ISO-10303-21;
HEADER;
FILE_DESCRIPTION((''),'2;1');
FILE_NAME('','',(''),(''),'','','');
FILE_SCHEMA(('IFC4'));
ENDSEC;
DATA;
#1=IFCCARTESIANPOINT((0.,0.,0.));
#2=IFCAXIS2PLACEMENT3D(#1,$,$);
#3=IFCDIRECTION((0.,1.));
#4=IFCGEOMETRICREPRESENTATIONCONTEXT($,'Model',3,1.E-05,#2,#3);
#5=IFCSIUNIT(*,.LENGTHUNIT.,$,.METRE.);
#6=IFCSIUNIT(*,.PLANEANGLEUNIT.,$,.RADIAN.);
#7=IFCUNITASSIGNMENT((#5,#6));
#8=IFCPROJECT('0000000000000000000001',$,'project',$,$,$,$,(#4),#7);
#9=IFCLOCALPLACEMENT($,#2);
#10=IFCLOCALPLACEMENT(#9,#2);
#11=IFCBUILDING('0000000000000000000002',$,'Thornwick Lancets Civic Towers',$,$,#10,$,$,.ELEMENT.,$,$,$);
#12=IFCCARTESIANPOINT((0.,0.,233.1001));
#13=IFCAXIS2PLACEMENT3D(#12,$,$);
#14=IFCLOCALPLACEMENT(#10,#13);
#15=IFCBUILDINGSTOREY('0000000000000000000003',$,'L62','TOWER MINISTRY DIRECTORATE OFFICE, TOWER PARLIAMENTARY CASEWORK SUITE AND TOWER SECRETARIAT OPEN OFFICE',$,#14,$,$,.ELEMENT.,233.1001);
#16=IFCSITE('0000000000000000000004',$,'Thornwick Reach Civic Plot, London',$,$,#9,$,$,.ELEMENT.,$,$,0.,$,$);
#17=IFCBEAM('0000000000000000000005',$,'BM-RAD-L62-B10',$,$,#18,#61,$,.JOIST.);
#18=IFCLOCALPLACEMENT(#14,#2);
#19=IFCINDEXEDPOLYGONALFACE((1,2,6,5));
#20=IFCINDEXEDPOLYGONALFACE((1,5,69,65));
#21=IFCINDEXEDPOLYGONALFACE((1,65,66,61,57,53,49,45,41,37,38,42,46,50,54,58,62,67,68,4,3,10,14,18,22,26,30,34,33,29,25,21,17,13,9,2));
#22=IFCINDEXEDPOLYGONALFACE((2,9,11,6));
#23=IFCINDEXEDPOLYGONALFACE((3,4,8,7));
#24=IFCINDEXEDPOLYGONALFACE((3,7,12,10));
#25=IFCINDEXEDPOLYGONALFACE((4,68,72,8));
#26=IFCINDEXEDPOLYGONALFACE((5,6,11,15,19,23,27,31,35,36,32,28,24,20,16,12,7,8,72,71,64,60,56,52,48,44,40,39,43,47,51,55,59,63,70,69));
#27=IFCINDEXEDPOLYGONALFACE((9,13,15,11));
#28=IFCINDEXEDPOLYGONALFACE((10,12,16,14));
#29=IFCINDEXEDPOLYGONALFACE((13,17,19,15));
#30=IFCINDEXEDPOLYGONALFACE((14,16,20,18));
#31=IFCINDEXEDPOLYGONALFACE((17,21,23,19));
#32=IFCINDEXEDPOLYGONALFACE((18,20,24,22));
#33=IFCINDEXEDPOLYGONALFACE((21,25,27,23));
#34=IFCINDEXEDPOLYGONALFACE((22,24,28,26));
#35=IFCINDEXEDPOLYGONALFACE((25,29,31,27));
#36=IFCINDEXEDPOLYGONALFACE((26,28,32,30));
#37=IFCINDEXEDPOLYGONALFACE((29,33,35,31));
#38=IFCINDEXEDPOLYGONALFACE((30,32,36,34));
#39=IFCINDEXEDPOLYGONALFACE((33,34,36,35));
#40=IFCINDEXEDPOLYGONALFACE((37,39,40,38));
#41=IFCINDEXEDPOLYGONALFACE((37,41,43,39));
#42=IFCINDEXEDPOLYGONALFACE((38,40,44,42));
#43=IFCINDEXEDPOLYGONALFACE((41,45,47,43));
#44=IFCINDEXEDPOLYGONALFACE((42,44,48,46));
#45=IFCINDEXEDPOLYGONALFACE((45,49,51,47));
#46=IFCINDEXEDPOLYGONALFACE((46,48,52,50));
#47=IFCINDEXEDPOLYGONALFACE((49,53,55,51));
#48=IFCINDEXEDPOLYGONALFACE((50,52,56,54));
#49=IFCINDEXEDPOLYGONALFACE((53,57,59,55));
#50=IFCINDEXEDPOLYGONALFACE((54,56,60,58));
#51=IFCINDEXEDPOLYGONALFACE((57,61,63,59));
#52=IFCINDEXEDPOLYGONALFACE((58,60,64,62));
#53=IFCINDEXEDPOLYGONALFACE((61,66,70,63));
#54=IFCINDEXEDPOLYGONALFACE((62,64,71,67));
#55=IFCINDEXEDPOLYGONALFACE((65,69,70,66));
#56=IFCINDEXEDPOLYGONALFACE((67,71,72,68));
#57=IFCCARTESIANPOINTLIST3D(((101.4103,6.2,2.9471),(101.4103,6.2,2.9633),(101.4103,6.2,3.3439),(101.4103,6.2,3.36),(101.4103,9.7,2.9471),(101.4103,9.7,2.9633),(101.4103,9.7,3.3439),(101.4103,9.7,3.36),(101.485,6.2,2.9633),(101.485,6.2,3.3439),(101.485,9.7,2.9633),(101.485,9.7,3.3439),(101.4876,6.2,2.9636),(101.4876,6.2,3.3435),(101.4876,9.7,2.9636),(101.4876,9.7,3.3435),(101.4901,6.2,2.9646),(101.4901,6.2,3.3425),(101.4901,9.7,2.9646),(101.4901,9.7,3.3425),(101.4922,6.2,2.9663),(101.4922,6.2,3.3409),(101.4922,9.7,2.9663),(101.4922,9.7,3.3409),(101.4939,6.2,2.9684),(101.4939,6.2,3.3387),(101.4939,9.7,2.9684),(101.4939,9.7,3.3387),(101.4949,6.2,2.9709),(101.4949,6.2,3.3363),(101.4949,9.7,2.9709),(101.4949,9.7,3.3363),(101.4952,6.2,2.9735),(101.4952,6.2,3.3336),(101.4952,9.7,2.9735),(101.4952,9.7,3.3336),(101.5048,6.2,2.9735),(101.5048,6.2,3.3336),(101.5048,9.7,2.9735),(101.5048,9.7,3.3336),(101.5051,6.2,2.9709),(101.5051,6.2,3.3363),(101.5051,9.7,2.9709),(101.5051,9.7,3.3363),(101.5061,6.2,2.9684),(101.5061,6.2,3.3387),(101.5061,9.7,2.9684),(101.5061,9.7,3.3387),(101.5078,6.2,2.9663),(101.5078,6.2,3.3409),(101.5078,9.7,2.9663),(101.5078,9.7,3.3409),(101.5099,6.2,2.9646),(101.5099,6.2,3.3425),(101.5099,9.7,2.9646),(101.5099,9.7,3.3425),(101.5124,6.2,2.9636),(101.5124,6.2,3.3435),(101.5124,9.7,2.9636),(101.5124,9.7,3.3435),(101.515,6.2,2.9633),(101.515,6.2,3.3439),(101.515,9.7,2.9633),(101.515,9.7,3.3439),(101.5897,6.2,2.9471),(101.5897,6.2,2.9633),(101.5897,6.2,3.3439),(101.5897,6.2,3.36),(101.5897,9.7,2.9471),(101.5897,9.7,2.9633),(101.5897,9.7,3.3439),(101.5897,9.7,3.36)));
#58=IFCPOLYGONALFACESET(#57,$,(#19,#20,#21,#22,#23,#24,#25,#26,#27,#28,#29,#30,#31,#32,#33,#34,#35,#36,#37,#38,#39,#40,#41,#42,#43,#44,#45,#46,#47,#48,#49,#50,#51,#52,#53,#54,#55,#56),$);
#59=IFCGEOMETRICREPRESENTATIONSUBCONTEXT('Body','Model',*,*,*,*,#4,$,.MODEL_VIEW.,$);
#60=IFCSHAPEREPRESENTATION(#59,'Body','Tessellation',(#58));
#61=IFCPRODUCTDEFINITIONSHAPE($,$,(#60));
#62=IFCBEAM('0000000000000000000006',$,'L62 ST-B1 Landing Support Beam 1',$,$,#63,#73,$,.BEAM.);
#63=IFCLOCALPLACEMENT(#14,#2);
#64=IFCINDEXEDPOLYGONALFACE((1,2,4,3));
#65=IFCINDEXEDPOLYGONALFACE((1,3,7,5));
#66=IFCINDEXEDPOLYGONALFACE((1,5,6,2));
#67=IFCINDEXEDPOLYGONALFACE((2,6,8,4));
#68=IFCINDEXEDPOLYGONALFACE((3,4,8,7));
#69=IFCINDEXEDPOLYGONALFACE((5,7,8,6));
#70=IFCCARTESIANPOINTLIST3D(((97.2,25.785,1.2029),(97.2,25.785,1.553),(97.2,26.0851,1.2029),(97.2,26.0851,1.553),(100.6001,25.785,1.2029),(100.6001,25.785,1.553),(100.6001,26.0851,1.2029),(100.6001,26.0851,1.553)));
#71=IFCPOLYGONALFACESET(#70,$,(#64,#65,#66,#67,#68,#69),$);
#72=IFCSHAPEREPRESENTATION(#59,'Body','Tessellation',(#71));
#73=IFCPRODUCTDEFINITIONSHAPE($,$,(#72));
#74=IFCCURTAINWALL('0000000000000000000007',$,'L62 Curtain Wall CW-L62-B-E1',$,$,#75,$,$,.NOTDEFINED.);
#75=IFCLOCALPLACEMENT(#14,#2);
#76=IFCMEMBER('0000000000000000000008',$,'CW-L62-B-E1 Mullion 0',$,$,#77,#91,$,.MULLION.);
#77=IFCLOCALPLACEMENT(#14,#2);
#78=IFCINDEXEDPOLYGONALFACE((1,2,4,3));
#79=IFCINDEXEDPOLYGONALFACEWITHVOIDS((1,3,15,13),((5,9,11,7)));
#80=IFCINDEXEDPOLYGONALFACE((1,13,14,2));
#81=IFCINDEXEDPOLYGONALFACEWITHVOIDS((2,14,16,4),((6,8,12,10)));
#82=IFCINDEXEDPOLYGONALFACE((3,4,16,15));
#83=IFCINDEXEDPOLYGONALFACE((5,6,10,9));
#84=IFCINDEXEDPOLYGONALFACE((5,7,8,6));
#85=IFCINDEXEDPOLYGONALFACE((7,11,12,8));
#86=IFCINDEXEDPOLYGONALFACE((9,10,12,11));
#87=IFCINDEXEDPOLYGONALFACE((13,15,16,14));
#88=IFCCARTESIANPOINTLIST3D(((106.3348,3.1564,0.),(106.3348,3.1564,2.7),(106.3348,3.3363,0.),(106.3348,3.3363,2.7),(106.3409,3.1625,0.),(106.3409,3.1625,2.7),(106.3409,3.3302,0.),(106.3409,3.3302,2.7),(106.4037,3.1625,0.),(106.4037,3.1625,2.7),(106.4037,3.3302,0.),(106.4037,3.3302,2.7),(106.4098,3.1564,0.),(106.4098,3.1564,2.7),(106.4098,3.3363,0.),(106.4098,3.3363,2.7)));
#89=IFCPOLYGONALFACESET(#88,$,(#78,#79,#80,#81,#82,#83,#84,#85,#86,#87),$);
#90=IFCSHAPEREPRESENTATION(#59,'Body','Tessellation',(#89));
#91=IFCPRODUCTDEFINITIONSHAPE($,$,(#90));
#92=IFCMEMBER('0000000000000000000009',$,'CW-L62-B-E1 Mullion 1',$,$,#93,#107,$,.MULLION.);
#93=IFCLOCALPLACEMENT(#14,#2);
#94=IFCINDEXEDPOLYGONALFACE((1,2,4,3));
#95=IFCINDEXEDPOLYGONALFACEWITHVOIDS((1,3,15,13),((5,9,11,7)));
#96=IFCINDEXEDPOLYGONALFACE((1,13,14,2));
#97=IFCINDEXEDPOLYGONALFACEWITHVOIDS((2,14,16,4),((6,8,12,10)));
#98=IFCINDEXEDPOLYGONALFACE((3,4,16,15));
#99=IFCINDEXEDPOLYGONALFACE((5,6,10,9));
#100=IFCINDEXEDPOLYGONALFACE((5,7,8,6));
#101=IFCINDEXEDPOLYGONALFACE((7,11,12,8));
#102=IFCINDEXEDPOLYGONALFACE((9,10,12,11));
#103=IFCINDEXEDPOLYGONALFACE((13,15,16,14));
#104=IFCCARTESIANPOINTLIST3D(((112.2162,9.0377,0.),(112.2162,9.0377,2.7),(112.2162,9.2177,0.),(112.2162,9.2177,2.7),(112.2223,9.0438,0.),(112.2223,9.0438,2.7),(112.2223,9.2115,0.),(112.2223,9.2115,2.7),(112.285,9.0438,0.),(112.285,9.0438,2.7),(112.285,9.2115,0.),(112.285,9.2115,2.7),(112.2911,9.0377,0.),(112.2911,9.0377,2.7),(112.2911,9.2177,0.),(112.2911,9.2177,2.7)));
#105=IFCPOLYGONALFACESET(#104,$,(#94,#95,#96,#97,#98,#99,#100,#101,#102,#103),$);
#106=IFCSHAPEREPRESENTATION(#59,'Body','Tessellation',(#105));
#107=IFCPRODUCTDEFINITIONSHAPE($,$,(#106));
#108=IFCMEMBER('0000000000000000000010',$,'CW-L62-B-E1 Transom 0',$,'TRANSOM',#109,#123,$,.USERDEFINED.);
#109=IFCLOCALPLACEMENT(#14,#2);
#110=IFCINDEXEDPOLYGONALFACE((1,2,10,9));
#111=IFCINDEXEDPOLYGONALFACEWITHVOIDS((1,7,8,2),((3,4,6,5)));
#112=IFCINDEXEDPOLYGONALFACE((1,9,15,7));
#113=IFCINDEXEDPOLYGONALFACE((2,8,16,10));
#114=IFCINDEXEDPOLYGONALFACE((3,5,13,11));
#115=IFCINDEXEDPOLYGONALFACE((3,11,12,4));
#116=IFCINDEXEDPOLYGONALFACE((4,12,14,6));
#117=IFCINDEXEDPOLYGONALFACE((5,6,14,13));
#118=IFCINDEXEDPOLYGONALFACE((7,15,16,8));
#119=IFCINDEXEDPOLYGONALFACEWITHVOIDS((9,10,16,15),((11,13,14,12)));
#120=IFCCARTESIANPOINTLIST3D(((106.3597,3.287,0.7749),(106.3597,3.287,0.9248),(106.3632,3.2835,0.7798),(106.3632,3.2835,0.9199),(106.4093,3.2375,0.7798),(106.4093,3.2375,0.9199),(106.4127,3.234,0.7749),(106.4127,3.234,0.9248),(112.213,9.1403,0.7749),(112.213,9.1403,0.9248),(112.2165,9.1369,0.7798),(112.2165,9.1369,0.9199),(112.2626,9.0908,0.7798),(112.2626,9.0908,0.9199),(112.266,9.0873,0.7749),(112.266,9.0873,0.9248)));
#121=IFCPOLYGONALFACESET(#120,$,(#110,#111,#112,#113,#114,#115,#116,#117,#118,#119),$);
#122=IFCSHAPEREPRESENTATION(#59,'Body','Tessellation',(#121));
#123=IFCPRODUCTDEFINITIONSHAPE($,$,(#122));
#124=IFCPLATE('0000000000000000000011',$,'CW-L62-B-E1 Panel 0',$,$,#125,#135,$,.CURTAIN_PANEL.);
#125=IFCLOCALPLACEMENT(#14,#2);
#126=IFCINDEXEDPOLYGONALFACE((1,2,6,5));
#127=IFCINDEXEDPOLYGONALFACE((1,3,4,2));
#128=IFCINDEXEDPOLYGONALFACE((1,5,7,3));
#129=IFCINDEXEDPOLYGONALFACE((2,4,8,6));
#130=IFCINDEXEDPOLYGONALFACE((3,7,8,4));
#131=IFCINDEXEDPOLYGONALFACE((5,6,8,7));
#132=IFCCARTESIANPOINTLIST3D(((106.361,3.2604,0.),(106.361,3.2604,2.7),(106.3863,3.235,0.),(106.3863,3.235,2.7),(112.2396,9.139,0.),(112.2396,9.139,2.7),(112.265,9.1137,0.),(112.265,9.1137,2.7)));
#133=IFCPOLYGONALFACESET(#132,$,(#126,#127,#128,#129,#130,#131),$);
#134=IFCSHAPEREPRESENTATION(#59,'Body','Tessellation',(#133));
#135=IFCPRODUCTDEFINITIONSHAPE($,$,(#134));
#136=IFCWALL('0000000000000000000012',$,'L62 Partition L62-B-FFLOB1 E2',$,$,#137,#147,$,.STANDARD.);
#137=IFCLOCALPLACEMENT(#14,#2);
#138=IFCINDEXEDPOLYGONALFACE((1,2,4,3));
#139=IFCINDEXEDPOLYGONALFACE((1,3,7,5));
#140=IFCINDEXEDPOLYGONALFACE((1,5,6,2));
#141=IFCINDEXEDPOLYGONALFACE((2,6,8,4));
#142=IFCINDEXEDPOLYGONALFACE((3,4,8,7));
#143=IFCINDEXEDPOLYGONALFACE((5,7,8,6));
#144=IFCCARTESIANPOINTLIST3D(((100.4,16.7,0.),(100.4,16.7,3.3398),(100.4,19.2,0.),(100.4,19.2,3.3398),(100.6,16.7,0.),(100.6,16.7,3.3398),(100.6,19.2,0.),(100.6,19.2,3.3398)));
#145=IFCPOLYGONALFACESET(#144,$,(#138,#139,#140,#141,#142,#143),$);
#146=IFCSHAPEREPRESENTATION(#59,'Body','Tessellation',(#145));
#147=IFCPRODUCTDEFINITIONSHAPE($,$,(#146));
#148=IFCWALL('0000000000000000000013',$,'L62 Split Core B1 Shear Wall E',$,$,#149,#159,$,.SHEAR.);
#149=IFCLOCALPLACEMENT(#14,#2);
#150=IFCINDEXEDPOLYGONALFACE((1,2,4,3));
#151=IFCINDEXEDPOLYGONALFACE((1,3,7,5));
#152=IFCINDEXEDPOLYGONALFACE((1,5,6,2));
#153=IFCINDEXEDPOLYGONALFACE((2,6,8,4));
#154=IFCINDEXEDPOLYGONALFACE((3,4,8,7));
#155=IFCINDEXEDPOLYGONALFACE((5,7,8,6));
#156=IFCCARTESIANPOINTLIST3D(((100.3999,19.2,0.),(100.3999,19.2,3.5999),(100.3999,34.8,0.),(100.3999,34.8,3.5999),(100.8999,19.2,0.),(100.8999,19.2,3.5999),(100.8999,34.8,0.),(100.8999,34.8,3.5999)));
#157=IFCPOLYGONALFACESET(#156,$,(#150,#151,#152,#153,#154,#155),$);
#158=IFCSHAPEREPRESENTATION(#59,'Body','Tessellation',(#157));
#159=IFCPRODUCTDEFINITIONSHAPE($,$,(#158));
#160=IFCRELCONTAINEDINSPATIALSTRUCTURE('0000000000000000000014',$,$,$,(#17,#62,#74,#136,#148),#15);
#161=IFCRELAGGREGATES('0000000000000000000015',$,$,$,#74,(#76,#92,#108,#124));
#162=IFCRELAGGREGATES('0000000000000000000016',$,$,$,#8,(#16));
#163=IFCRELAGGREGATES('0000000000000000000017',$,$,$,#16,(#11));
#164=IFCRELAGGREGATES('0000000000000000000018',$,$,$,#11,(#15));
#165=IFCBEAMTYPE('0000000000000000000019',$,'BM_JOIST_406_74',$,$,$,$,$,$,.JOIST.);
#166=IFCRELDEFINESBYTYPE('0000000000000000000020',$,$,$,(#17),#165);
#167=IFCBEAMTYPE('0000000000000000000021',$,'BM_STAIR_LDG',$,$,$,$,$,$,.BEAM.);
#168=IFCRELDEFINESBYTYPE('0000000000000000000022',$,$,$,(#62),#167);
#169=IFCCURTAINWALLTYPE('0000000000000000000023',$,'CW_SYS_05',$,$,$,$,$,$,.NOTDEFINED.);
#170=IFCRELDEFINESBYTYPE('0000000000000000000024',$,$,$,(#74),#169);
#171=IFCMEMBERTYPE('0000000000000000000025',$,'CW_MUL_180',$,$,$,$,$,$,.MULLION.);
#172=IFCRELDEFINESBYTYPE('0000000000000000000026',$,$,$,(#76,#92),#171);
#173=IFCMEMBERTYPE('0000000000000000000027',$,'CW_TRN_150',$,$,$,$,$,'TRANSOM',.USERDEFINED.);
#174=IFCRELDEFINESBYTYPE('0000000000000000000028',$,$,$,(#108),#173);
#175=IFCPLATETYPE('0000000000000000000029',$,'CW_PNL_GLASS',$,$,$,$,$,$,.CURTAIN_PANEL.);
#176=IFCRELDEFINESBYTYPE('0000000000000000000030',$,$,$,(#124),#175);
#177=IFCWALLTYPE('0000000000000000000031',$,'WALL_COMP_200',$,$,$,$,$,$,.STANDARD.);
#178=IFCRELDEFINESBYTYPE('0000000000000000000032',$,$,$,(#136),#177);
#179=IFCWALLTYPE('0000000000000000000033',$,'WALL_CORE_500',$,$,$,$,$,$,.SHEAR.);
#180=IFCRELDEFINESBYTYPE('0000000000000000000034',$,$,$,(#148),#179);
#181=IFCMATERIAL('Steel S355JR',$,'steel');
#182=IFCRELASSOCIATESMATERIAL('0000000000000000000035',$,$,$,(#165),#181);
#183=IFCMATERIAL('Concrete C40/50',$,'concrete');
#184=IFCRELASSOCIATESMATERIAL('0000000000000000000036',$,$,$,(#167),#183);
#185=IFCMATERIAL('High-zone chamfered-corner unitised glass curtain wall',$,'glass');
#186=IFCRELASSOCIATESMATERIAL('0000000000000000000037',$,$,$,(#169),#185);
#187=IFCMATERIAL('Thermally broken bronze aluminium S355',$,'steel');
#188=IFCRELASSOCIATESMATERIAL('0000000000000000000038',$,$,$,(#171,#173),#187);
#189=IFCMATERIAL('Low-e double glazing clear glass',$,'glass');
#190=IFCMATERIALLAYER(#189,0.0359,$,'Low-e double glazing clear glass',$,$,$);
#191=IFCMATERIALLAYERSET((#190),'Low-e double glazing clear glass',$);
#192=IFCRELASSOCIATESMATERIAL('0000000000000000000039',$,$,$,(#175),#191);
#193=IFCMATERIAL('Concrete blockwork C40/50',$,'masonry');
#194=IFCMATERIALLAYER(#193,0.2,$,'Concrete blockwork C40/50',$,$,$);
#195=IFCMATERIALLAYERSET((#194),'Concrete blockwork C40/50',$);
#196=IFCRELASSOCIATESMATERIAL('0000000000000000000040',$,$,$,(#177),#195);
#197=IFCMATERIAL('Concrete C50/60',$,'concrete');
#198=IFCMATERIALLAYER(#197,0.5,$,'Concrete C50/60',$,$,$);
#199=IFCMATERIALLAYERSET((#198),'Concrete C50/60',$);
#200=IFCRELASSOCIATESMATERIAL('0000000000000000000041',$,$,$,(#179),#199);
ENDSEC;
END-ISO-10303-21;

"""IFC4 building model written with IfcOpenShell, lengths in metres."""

from ifc_helpers import new_model, si_unit, direction, frame, frame_2d, origin, origin_2d, place, context, subcontext, project, spatial, rectangle, hollow_rectangle, i_section, extrude, material, layer, layer_set, material_profile, profile_set, type_object, element, aggregate, save


model = new_model("IFC4")

# Units and contexts
model_context = context("Model", 3, precision=1e-05, world=origin(), true_north=direction((0.0, 1.0)))
body_context = subcontext(model_context, "Body", "Model", "MODEL_VIEW")
ifc_project = project(units=[si_unit("LENGTHUNIT", "METRE"), si_unit("PLANEANGLEUNIT", "RADIAN")], contexts=[model_context])

# Site, building, storey
site_placement = place(None, origin())
site = spatial("IfcSite", under=ifc_project, at=site_placement, Name="Thornwick Reach Civic Plot, London", CompositionType="ELEMENT", RefElevation=0.0)
building_placement = place(site_placement, origin())
building = spatial("IfcBuilding", under=site, at=building_placement, Name="Thornwick Lancets Civic Towers", CompositionType="ELEMENT")
storey_placement = place(building_placement, frame((0.0, 0.0, 233.1001)))
storey = spatial("IfcBuildingStorey", under=building, at=storey_placement, Name="L62", Description="TOWER MINISTRY DIRECTORATE OFFICE, TOWER PARLIAMENTARY CASEWORK SUITE AND TOWER SECRETARIAT OPEN OFFICE", CompositionType="ELEMENT", Elevation=233.1001)

# Shared definitions
ifc_material_1 = material(Name="Concrete C50/60", Category="concrete")
ifc_material_2 = material(Name="Steel S355JR", Category="steel")

# Beams
ifc_material_profile_1 = material_profile(ifc_material_2, i_section(OverallWidth=0.1794, OverallDepth=0.4128, WebThickness=0.0095, FlangeThickness=0.0161, FilletRadius=0.0103, at=origin_2d()), Name="UKB 406x178x74")
ifc_profile_set_1 = profile_set([ifc_material_profile_1], Name="Steel S355JR")
beam_type_1 = type_object("IfcBeamType", Name="BM_JOIST_406_74", PredefinedType="JOIST", material=ifc_profile_set_1)
for number, where, z_axis, x_axis, name in (
    (1, (101.5, 9.7, 3.1536), (0.0, -1.0, 0.0), (1.0, 0.0, 0.0), "BM-RAD-L62-B10"),
):
    element("IfcBeam", number, at=place(storey_placement, frame(where, z_axis=z_axis, x_axis=x_axis)), inside=storey, type_object=beam_type_1, Name=name, PredefinedType="JOIST", context=body_context, shape_type="SweptSolid", body=[
        extrude(i_section(OverallWidth=0.1794, OverallDepth=0.4128, WebThickness=0.0095, FlangeThickness=0.0161, FilletRadius=0.0103, at=origin_2d()), origin(), (0.0, 0.0, 1.0), 3.5),
    ])
ifc_material_3 = material(Name="Concrete C40/50", Category="concrete")
ifc_material_profile_2 = material_profile(ifc_material_3, rectangle(XDim=0.3, YDim=0.3501, at=origin_2d()), Name="RC 300x350")
ifc_profile_set_2 = profile_set([ifc_material_profile_2], Name="Concrete C40/50")
beam_type_2 = type_object("IfcBeamType", Name="BM_STAIR_LDG", PredefinedType="BEAM", material=ifc_profile_set_2)
beam_placement = place(storey_placement, frame((100.6001, 25.9351, 1.3779), z_axis=(-1.0, 0.0, 0.0), x_axis=(0.0, -1.0, 0.0)))
element("IfcBeam", 2, at=beam_placement, inside=storey, type_object=beam_type_2, Name="L62 ST-B1 Landing Support Beam 1", PredefinedType="BEAM", context=body_context, shape_type="SweptSolid", body=[
    extrude(rectangle(XDim=0.3, YDim=0.3501, at=origin_2d()), origin(), (0.0, 0.0, 1.0), 3.4001),
])

# Curtain wall, members, plate
ifc_material_4 = material(Name="High-zone chamfered-corner unitised glass curtain wall", Category="glass")
curtain_wall_type = type_object("IfcCurtainWallType", Name="CW_SYS_05", PredefinedType="NOTDEFINED", material=ifc_material_4)
curtain_wall_placement = place(storey_placement, origin())
curtain_wall = element("IfcCurtainWall", 3, at=curtain_wall_placement, inside=storey, type_object=curtain_wall_type, Name="L62 Curtain Wall CW-L62-B-E1", PredefinedType="NOTDEFINED")
ifc_material_5 = material(Name="Thermally broken bronze aluminium S355", Category="steel")
ifc_material_profile_3 = material_profile(ifc_material_5, hollow_rectangle(XDim=0.075, YDim=0.1799, WallThickness=0.0061, at=origin_2d()), Name="RHS 180x75x6")
ifc_profile_set_3 = profile_set([ifc_material_profile_3], Name="Thermally broken bronze aluminium S355")
member_type_1 = type_object("IfcMemberType", Name="CW_MUL_180", PredefinedType="MULLION", material=ifc_profile_set_3)
member_1_placement = place(storey_placement, frame((106.3723, 3.2463, 0.0), z_axis=(0.0, 0.0, 1.0), x_axis=(1.0, 0.0, 0.0)))
member_1 = element("IfcMember", 4, at=member_1_placement, type_object=member_type_1, Name="CW-L62-B-E1 Mullion 0", PredefinedType="MULLION", context=body_context, shape_type="SweptSolid", body=[
    extrude(hollow_rectangle(XDim=0.075, YDim=0.1799, WallThickness=0.0061, at=origin_2d()), origin(), (0.0, 0.0, 1.0), 2.7),
])
member_2_placement = place(storey_placement, frame((112.2537, 9.1277, 0.0), z_axis=(0.0, 0.0, 1.0), x_axis=(1.0, 0.0, 0.0)))
member_2 = element("IfcMember", 5, at=member_2_placement, type_object=member_type_1, Name="CW-L62-B-E1 Mullion 1", PredefinedType="MULLION", context=body_context, shape_type="SweptSolid", body=[
    extrude(hollow_rectangle(XDim=0.075, YDim=0.1799, WallThickness=0.0061, at=origin_2d()), origin(), (0.0, 0.0, 1.0), 2.7),
])
ifc_material_profile_4 = material_profile(ifc_material_5, hollow_rectangle(XDim=0.075, YDim=0.1499, WallThickness=0.0049, at=origin_2d()), Name="RHS 150x75x5")
ifc_profile_set_4 = profile_set([ifc_material_profile_4], Name="Thermally broken bronze aluminium S355")
member_type_2 = type_object("IfcMemberType", Name="CW_TRN_150", ElementType="TRANSOM", PredefinedType="USERDEFINED", material=ifc_profile_set_4)
member_3_placement = place(storey_placement, frame((106.3862, 3.2605, 0.8499), z_axis=(0.707107, 0.707107, 0.0), x_axis=(-0.707107, 0.707107, 0.0)))
member_3 = element("IfcMember", 6, at=member_3_placement, type_object=member_type_2, Name="CW-L62-B-E1 Transom 0", ObjectType="TRANSOM", PredefinedType="USERDEFINED", context=body_context, shape_type="SweptSolid", body=[
    extrude(hollow_rectangle(XDim=0.075, YDim=0.1499, WallThickness=0.0049, at=origin_2d()), origin(), (0.0, 0.0, 1.0), 8.2778),
])
ifc_material_6 = material(Name="Low-e double glazing clear glass", Category="glass")
ifc_layer_1 = layer(ifc_material_6, 0.0359, Name="Low-e double glazing clear glass")
ifc_layer_set_1 = layer_set([ifc_layer_1], Name="Low-e double glazing clear glass")
plate_type = type_object("IfcPlateType", Name="CW_PNL_GLASS", PredefinedType="CURTAIN_PANEL", material=ifc_layer_set_1)
plate_placement = place(storey_placement, frame((109.313, 6.187, 0.0), z_axis=(0.0, 0.0, 1.0), x_axis=(0.707107, 0.707107, 0.0)))
plate = element("IfcPlate", 7, at=plate_placement, type_object=plate_type, Name="CW-L62-B-E1 Panel 0", PredefinedType="CURTAIN_PANEL", context=body_context, shape_type="SweptSolid", body=[
    extrude(rectangle(XDim=8.3137, YDim=0.0359, at=origin_2d()), origin(), (0.0, 0.0, 1.0), 2.7),
])
aggregate(curtain_wall, [member_1, member_2, member_3, plate])

# Walls
ifc_material_7 = material(Name="Concrete blockwork C40/50", Category="masonry")
ifc_layer_2 = layer(ifc_material_7, 0.2, Name="Concrete blockwork C40/50")
ifc_layer_set_2 = layer_set([ifc_layer_2], Name="Concrete blockwork C40/50")
wall_type_1 = type_object("IfcWallType", Name="WALL_COMP_200", PredefinedType="STANDARD", material=ifc_layer_set_2)
wall_1_placement = place(storey_placement, frame((100.5, 16.7, 0.0), z_axis=(0.0, 0.0, 1.0), x_axis=(0.0, 1.0, 0.0)))
element("IfcWall", 8, at=wall_1_placement, inside=storey, type_object=wall_type_1, Name="L62 Partition L62-B-FFLOB1 E2", PredefinedType="STANDARD", context=body_context, shape_type="SweptSolid", body=[
    extrude(rectangle(XDim=2.5, YDim=0.2, at=frame_2d((1.25, 0.0))), origin(), (0.0, 0.0, 1.0), 3.3398),
])
ifc_layer_3 = layer(ifc_material_1, 0.5, Name="Concrete C50/60")
ifc_layer_set_3 = layer_set([ifc_layer_3], Name="Concrete C50/60")
wall_type_2 = type_object("IfcWallType", Name="WALL_CORE_500", PredefinedType="SHEAR", material=ifc_layer_set_3)
wall_2_placement = place(storey_placement, frame((100.6499, 19.2, 0.0), z_axis=(0.0, 0.0, 1.0), x_axis=(0.0, 1.0, 0.0)))
element("IfcWall", 9, at=wall_2_placement, inside=storey, type_object=wall_type_2, Name="L62 Split Core B1 Shear Wall E", PredefinedType="SHEAR", context=body_context, shape_type="SweptSolid", body=[
    extrude(rectangle(XDim=15.6001, YDim=0.5, at=frame_2d((7.8, 0.0))), origin(), (0.0, 0.0, 1.0), 3.5999),
])

save(model, "model.ifc")
